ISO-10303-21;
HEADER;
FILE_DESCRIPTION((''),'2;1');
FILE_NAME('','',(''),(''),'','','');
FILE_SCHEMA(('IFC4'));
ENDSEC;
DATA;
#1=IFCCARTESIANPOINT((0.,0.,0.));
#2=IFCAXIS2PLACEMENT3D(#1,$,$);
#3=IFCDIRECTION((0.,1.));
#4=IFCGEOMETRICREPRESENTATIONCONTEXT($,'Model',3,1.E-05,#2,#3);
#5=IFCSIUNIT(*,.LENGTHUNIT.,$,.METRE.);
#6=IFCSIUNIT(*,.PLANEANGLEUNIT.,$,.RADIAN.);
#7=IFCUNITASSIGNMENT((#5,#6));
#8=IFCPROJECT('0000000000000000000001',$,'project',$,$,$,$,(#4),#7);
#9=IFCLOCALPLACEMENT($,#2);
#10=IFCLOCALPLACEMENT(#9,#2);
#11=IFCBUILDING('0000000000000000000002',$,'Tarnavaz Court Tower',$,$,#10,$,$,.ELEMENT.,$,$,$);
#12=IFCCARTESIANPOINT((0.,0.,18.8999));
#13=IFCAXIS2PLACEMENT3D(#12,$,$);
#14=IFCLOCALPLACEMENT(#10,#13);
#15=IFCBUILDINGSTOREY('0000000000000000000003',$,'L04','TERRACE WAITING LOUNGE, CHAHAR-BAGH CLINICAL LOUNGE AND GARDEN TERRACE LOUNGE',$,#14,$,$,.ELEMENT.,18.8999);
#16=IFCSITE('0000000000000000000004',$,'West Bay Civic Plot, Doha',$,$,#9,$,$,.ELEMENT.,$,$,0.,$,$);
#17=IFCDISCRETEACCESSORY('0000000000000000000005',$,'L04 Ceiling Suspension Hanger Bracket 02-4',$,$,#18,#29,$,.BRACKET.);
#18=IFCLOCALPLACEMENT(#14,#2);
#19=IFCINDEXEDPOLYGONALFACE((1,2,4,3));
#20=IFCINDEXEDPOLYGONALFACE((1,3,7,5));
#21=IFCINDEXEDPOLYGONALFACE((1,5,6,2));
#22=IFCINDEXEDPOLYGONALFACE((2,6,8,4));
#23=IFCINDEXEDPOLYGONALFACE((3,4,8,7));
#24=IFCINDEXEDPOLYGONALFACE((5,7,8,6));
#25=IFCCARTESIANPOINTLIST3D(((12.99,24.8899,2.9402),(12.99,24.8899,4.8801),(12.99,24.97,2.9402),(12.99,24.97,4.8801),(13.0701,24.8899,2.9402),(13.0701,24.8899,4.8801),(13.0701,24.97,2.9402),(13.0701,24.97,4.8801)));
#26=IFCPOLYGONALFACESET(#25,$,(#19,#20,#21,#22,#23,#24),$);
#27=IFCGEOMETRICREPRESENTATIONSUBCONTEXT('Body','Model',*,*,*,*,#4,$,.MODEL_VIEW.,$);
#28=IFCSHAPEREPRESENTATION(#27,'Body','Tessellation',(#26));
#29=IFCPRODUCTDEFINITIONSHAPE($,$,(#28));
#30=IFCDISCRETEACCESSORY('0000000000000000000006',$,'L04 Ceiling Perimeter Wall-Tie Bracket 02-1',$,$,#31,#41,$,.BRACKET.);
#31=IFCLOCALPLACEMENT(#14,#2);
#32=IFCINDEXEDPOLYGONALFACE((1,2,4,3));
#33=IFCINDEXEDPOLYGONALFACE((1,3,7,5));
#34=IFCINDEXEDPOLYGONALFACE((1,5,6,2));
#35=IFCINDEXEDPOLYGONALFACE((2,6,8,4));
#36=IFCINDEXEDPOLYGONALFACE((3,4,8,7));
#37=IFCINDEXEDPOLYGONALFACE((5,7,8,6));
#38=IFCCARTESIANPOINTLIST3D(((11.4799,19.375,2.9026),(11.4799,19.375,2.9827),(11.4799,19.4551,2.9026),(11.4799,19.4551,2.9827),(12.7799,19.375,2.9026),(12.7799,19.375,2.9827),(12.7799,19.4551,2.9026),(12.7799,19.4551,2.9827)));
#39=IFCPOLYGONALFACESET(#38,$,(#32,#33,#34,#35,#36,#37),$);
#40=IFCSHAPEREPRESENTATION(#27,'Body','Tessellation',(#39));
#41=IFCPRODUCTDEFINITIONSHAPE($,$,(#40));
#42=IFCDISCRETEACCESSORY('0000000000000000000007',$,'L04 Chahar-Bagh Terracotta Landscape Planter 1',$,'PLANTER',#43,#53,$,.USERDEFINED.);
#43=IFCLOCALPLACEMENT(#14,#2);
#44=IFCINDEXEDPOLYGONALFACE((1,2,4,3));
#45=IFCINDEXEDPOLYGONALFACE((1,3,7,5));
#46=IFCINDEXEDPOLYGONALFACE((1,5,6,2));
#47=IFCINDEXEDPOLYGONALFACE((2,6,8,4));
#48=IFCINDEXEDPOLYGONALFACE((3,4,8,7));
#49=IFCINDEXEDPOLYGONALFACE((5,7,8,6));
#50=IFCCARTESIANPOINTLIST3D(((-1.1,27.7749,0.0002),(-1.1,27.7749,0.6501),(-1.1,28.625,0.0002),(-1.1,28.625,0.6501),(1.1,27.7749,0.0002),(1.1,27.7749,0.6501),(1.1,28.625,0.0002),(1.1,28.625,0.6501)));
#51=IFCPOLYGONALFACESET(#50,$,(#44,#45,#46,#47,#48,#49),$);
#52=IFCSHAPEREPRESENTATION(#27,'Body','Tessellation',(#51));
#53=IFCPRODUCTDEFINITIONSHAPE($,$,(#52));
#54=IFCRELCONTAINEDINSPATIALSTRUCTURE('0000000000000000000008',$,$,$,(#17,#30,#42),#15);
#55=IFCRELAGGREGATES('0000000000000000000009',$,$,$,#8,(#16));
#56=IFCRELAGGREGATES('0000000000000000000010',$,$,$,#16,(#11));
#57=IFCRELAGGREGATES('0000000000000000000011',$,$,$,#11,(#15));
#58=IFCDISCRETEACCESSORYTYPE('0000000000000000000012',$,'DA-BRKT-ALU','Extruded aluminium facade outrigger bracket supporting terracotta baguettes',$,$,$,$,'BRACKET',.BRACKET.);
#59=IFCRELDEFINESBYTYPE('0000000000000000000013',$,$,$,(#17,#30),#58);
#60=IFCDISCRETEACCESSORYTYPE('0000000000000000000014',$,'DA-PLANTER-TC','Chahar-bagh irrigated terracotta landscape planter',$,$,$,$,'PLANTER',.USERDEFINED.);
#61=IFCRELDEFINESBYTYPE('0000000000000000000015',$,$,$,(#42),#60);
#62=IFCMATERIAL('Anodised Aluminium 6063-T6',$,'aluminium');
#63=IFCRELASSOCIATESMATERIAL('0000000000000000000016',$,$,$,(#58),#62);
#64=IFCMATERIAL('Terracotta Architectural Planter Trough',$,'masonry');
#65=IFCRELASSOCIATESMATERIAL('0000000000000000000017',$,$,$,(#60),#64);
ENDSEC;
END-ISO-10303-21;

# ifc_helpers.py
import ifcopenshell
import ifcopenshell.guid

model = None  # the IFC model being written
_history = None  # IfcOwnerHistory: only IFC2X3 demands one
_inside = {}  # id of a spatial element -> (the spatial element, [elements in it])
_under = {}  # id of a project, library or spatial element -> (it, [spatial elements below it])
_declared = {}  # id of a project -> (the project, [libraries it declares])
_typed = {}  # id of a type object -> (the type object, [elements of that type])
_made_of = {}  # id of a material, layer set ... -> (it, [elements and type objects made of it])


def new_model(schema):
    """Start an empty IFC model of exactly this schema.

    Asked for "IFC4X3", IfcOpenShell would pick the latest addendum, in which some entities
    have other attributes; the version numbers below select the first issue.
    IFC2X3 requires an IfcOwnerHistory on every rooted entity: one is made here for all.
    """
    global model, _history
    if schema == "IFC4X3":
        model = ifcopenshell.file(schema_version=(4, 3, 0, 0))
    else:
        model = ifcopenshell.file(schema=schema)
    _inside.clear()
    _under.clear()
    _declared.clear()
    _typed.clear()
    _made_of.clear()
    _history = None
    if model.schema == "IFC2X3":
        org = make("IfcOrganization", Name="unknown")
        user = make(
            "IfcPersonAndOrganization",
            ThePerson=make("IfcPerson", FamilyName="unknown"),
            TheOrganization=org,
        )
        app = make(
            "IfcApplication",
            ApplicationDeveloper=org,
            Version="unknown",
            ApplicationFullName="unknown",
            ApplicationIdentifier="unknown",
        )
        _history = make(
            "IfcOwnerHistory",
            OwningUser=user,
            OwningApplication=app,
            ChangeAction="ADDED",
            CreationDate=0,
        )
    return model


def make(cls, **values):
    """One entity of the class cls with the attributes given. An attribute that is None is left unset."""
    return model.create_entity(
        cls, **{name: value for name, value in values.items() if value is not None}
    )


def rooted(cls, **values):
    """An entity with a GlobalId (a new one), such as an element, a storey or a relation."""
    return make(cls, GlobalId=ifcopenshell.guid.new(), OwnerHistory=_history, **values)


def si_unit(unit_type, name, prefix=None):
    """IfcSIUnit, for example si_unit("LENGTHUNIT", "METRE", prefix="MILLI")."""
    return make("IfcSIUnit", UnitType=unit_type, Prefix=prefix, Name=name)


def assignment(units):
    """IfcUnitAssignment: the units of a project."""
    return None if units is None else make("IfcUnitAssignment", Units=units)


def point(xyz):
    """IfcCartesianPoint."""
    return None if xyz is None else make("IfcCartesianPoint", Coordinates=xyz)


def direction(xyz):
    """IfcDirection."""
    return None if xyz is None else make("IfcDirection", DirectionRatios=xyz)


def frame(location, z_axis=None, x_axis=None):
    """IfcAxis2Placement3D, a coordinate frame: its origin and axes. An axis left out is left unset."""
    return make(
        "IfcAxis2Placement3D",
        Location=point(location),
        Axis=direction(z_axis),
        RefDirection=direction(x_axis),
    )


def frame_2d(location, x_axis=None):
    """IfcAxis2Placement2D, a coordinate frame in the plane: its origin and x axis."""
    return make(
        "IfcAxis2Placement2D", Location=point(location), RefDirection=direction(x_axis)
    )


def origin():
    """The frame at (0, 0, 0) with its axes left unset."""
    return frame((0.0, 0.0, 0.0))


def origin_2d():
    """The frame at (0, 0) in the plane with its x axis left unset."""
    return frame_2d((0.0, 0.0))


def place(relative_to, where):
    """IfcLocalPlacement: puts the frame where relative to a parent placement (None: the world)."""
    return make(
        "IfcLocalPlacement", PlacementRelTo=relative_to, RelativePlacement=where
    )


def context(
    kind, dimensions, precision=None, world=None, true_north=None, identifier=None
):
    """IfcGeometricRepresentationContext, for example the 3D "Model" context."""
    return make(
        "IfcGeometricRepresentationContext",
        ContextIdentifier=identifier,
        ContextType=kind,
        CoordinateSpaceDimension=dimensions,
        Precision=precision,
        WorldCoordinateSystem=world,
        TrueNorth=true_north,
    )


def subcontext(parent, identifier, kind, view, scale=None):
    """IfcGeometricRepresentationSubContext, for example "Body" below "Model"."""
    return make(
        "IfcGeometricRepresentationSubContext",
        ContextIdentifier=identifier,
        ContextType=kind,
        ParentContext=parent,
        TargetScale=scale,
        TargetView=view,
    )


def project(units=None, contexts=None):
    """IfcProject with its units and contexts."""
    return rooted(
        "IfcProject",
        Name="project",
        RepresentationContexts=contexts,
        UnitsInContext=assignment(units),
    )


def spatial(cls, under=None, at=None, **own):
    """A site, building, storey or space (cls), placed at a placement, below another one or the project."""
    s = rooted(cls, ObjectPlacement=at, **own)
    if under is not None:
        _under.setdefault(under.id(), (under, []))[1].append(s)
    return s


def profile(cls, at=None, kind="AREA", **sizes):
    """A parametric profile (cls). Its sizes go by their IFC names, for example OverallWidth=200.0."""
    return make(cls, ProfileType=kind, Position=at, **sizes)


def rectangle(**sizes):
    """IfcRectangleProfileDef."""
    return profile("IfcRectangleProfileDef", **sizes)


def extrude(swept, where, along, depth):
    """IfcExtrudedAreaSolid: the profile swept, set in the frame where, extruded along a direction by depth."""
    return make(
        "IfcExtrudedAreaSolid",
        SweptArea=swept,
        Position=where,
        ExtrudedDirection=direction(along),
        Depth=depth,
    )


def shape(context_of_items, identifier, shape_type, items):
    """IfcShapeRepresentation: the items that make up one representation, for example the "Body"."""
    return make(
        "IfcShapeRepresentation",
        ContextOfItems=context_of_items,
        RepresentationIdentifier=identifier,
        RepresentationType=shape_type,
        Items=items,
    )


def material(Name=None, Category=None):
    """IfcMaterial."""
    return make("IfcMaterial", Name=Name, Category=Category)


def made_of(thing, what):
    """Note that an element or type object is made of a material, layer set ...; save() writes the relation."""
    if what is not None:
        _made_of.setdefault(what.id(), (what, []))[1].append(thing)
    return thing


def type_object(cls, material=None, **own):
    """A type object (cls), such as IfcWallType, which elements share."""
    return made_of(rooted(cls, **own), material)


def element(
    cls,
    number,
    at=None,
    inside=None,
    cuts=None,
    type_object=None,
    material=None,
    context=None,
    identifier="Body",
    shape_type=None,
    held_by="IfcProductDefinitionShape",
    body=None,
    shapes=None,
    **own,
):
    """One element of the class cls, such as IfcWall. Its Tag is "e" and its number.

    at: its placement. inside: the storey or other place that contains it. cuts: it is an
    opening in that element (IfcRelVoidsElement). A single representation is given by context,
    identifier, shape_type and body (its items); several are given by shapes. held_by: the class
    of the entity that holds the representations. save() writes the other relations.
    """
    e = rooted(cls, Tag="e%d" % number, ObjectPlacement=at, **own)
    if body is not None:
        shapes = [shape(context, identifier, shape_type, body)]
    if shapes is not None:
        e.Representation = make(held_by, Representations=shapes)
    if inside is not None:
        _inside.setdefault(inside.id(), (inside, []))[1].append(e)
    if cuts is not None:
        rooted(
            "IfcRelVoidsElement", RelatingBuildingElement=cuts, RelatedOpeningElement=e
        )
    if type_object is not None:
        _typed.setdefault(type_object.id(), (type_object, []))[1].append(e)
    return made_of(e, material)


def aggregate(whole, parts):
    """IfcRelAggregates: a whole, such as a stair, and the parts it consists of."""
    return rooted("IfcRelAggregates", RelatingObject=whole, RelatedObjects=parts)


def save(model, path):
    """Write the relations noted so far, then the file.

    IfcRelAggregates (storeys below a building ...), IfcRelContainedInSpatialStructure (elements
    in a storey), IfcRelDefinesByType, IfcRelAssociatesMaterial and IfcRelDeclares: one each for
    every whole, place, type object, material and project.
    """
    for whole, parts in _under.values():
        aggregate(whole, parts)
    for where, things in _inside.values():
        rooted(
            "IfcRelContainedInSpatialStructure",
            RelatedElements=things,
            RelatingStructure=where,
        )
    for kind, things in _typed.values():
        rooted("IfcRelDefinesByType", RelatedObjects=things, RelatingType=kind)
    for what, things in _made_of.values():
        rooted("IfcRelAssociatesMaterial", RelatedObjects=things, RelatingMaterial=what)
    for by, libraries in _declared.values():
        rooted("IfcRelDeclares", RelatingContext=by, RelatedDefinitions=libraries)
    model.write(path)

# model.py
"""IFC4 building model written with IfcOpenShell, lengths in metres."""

from ifc_helpers import new_model, si_unit, direction, frame, origin, origin_2d, place, context, subcontext, project, spatial, rectangle, extrude, material, type_object, element, save


model = new_model("IFC4")

# Units and contexts
model_context = context("Model", 3, precision=1e-05, world=origin(), true_north=direction((0.0, 1.0)))
body_context = subcontext(model_context, "Body", "Model", "MODEL_VIEW")
ifc_project = project(units=[si_unit("LENGTHUNIT", "METRE"), si_unit("PLANEANGLEUNIT", "RADIAN")], contexts=[model_context])

# Site, building, storey
site_placement = place(None, origin())
site = spatial("IfcSite", under=ifc_project, at=site_placement, Name="West Bay Civic Plot, Doha", CompositionType="ELEMENT", RefElevation=0.0)
building_placement = place(site_placement, origin())
building = spatial("IfcBuilding", under=site, at=building_placement, Name="Tarnavaz Court Tower", CompositionType="ELEMENT")
storey_placement = place(building_placement, frame((0.0, 0.0, 18.8999)))
storey = spatial("IfcBuildingStorey", under=building, at=storey_placement, Name="L04", Description="TERRACE WAITING LOUNGE, CHAHAR-BAGH CLINICAL LOUNGE AND GARDEN TERRACE LOUNGE", CompositionType="ELEMENT", Elevation=18.8999)

# Discrete accessories
ifc_material_1 = material(Name="Anodised Aluminium 6063-T6", Category="aluminium")
discrete_accessory_type_1 = type_object("IfcDiscreteAccessoryType", Name="DA-BRKT-ALU", Description="Extruded aluminium facade outrigger bracket supporting terracotta baguettes", ElementType="BRACKET", PredefinedType="BRACKET", material=ifc_material_1)
for number, where, z_axis, x_axis, name in (
    (1, (13.03, 24.9299, 2.9402), (0.0, 0.0, 1.0), (1.0, 0.0, 0.0), "L04 Ceiling Suspension Hanger Bracket 02-4"),
):
    element("IfcDiscreteAccessory", number, at=place(storey_placement, frame(where, z_axis=z_axis, x_axis=x_axis)), inside=storey, type_object=discrete_accessory_type_1, Name=name, PredefinedType="BRACKET", context=body_context, shape_type="SweptSolid", body=[
        extrude(rectangle(XDim=0.0801, YDim=0.0801, at=origin_2d()), origin(), (0.0, 0.0, 1.0), 1.9399),
    ])
discrete_accessory_1_placement = place(storey_placement, frame((12.1299, 19.415, 2.9026), z_axis=(0.0, 0.0, 1.0), x_axis=(1.0, 0.0, 0.0)))
element("IfcDiscreteAccessory", 2, at=discrete_accessory_1_placement, inside=storey, type_object=discrete_accessory_type_1, Name="L04 Ceiling Perimeter Wall-Tie Bracket 02-1", PredefinedType="BRACKET", context=body_context, shape_type="SweptSolid", body=[
    extrude(rectangle(XDim=1.3, YDim=0.0801, at=origin_2d()), origin(), (0.0, 0.0, 1.0), 0.0801),
])
ifc_material_2 = material(Name="Terracotta Architectural Planter Trough", Category="masonry")
discrete_accessory_type_2 = type_object("IfcDiscreteAccessoryType", Name="DA-PLANTER-TC", Description="Chahar-bagh irrigated terracotta landscape planter", ElementType="PLANTER", PredefinedType="USERDEFINED", material=ifc_material_2)
discrete_accessory_2_placement = place(storey_placement, frame((0.0, 28.2, 0.0002), z_axis=(0.0, 0.0, 1.0), x_axis=(1.0, 0.0, 0.0)))
element("IfcDiscreteAccessory", 3, at=discrete_accessory_2_placement, inside=storey, type_object=discrete_accessory_type_2, Name="L04 Chahar-Bagh Terracotta Landscape Planter 1", ObjectType="PLANTER", PredefinedType="USERDEFINED", context=body_context, shape_type="SweptSolid", body=[
    extrude(rectangle(XDim=2.2, YDim=0.8501, at=origin_2d()), origin(), (0.0, 0.0, 1.0), 0.6499),
])

save(model, "model.ifc")
